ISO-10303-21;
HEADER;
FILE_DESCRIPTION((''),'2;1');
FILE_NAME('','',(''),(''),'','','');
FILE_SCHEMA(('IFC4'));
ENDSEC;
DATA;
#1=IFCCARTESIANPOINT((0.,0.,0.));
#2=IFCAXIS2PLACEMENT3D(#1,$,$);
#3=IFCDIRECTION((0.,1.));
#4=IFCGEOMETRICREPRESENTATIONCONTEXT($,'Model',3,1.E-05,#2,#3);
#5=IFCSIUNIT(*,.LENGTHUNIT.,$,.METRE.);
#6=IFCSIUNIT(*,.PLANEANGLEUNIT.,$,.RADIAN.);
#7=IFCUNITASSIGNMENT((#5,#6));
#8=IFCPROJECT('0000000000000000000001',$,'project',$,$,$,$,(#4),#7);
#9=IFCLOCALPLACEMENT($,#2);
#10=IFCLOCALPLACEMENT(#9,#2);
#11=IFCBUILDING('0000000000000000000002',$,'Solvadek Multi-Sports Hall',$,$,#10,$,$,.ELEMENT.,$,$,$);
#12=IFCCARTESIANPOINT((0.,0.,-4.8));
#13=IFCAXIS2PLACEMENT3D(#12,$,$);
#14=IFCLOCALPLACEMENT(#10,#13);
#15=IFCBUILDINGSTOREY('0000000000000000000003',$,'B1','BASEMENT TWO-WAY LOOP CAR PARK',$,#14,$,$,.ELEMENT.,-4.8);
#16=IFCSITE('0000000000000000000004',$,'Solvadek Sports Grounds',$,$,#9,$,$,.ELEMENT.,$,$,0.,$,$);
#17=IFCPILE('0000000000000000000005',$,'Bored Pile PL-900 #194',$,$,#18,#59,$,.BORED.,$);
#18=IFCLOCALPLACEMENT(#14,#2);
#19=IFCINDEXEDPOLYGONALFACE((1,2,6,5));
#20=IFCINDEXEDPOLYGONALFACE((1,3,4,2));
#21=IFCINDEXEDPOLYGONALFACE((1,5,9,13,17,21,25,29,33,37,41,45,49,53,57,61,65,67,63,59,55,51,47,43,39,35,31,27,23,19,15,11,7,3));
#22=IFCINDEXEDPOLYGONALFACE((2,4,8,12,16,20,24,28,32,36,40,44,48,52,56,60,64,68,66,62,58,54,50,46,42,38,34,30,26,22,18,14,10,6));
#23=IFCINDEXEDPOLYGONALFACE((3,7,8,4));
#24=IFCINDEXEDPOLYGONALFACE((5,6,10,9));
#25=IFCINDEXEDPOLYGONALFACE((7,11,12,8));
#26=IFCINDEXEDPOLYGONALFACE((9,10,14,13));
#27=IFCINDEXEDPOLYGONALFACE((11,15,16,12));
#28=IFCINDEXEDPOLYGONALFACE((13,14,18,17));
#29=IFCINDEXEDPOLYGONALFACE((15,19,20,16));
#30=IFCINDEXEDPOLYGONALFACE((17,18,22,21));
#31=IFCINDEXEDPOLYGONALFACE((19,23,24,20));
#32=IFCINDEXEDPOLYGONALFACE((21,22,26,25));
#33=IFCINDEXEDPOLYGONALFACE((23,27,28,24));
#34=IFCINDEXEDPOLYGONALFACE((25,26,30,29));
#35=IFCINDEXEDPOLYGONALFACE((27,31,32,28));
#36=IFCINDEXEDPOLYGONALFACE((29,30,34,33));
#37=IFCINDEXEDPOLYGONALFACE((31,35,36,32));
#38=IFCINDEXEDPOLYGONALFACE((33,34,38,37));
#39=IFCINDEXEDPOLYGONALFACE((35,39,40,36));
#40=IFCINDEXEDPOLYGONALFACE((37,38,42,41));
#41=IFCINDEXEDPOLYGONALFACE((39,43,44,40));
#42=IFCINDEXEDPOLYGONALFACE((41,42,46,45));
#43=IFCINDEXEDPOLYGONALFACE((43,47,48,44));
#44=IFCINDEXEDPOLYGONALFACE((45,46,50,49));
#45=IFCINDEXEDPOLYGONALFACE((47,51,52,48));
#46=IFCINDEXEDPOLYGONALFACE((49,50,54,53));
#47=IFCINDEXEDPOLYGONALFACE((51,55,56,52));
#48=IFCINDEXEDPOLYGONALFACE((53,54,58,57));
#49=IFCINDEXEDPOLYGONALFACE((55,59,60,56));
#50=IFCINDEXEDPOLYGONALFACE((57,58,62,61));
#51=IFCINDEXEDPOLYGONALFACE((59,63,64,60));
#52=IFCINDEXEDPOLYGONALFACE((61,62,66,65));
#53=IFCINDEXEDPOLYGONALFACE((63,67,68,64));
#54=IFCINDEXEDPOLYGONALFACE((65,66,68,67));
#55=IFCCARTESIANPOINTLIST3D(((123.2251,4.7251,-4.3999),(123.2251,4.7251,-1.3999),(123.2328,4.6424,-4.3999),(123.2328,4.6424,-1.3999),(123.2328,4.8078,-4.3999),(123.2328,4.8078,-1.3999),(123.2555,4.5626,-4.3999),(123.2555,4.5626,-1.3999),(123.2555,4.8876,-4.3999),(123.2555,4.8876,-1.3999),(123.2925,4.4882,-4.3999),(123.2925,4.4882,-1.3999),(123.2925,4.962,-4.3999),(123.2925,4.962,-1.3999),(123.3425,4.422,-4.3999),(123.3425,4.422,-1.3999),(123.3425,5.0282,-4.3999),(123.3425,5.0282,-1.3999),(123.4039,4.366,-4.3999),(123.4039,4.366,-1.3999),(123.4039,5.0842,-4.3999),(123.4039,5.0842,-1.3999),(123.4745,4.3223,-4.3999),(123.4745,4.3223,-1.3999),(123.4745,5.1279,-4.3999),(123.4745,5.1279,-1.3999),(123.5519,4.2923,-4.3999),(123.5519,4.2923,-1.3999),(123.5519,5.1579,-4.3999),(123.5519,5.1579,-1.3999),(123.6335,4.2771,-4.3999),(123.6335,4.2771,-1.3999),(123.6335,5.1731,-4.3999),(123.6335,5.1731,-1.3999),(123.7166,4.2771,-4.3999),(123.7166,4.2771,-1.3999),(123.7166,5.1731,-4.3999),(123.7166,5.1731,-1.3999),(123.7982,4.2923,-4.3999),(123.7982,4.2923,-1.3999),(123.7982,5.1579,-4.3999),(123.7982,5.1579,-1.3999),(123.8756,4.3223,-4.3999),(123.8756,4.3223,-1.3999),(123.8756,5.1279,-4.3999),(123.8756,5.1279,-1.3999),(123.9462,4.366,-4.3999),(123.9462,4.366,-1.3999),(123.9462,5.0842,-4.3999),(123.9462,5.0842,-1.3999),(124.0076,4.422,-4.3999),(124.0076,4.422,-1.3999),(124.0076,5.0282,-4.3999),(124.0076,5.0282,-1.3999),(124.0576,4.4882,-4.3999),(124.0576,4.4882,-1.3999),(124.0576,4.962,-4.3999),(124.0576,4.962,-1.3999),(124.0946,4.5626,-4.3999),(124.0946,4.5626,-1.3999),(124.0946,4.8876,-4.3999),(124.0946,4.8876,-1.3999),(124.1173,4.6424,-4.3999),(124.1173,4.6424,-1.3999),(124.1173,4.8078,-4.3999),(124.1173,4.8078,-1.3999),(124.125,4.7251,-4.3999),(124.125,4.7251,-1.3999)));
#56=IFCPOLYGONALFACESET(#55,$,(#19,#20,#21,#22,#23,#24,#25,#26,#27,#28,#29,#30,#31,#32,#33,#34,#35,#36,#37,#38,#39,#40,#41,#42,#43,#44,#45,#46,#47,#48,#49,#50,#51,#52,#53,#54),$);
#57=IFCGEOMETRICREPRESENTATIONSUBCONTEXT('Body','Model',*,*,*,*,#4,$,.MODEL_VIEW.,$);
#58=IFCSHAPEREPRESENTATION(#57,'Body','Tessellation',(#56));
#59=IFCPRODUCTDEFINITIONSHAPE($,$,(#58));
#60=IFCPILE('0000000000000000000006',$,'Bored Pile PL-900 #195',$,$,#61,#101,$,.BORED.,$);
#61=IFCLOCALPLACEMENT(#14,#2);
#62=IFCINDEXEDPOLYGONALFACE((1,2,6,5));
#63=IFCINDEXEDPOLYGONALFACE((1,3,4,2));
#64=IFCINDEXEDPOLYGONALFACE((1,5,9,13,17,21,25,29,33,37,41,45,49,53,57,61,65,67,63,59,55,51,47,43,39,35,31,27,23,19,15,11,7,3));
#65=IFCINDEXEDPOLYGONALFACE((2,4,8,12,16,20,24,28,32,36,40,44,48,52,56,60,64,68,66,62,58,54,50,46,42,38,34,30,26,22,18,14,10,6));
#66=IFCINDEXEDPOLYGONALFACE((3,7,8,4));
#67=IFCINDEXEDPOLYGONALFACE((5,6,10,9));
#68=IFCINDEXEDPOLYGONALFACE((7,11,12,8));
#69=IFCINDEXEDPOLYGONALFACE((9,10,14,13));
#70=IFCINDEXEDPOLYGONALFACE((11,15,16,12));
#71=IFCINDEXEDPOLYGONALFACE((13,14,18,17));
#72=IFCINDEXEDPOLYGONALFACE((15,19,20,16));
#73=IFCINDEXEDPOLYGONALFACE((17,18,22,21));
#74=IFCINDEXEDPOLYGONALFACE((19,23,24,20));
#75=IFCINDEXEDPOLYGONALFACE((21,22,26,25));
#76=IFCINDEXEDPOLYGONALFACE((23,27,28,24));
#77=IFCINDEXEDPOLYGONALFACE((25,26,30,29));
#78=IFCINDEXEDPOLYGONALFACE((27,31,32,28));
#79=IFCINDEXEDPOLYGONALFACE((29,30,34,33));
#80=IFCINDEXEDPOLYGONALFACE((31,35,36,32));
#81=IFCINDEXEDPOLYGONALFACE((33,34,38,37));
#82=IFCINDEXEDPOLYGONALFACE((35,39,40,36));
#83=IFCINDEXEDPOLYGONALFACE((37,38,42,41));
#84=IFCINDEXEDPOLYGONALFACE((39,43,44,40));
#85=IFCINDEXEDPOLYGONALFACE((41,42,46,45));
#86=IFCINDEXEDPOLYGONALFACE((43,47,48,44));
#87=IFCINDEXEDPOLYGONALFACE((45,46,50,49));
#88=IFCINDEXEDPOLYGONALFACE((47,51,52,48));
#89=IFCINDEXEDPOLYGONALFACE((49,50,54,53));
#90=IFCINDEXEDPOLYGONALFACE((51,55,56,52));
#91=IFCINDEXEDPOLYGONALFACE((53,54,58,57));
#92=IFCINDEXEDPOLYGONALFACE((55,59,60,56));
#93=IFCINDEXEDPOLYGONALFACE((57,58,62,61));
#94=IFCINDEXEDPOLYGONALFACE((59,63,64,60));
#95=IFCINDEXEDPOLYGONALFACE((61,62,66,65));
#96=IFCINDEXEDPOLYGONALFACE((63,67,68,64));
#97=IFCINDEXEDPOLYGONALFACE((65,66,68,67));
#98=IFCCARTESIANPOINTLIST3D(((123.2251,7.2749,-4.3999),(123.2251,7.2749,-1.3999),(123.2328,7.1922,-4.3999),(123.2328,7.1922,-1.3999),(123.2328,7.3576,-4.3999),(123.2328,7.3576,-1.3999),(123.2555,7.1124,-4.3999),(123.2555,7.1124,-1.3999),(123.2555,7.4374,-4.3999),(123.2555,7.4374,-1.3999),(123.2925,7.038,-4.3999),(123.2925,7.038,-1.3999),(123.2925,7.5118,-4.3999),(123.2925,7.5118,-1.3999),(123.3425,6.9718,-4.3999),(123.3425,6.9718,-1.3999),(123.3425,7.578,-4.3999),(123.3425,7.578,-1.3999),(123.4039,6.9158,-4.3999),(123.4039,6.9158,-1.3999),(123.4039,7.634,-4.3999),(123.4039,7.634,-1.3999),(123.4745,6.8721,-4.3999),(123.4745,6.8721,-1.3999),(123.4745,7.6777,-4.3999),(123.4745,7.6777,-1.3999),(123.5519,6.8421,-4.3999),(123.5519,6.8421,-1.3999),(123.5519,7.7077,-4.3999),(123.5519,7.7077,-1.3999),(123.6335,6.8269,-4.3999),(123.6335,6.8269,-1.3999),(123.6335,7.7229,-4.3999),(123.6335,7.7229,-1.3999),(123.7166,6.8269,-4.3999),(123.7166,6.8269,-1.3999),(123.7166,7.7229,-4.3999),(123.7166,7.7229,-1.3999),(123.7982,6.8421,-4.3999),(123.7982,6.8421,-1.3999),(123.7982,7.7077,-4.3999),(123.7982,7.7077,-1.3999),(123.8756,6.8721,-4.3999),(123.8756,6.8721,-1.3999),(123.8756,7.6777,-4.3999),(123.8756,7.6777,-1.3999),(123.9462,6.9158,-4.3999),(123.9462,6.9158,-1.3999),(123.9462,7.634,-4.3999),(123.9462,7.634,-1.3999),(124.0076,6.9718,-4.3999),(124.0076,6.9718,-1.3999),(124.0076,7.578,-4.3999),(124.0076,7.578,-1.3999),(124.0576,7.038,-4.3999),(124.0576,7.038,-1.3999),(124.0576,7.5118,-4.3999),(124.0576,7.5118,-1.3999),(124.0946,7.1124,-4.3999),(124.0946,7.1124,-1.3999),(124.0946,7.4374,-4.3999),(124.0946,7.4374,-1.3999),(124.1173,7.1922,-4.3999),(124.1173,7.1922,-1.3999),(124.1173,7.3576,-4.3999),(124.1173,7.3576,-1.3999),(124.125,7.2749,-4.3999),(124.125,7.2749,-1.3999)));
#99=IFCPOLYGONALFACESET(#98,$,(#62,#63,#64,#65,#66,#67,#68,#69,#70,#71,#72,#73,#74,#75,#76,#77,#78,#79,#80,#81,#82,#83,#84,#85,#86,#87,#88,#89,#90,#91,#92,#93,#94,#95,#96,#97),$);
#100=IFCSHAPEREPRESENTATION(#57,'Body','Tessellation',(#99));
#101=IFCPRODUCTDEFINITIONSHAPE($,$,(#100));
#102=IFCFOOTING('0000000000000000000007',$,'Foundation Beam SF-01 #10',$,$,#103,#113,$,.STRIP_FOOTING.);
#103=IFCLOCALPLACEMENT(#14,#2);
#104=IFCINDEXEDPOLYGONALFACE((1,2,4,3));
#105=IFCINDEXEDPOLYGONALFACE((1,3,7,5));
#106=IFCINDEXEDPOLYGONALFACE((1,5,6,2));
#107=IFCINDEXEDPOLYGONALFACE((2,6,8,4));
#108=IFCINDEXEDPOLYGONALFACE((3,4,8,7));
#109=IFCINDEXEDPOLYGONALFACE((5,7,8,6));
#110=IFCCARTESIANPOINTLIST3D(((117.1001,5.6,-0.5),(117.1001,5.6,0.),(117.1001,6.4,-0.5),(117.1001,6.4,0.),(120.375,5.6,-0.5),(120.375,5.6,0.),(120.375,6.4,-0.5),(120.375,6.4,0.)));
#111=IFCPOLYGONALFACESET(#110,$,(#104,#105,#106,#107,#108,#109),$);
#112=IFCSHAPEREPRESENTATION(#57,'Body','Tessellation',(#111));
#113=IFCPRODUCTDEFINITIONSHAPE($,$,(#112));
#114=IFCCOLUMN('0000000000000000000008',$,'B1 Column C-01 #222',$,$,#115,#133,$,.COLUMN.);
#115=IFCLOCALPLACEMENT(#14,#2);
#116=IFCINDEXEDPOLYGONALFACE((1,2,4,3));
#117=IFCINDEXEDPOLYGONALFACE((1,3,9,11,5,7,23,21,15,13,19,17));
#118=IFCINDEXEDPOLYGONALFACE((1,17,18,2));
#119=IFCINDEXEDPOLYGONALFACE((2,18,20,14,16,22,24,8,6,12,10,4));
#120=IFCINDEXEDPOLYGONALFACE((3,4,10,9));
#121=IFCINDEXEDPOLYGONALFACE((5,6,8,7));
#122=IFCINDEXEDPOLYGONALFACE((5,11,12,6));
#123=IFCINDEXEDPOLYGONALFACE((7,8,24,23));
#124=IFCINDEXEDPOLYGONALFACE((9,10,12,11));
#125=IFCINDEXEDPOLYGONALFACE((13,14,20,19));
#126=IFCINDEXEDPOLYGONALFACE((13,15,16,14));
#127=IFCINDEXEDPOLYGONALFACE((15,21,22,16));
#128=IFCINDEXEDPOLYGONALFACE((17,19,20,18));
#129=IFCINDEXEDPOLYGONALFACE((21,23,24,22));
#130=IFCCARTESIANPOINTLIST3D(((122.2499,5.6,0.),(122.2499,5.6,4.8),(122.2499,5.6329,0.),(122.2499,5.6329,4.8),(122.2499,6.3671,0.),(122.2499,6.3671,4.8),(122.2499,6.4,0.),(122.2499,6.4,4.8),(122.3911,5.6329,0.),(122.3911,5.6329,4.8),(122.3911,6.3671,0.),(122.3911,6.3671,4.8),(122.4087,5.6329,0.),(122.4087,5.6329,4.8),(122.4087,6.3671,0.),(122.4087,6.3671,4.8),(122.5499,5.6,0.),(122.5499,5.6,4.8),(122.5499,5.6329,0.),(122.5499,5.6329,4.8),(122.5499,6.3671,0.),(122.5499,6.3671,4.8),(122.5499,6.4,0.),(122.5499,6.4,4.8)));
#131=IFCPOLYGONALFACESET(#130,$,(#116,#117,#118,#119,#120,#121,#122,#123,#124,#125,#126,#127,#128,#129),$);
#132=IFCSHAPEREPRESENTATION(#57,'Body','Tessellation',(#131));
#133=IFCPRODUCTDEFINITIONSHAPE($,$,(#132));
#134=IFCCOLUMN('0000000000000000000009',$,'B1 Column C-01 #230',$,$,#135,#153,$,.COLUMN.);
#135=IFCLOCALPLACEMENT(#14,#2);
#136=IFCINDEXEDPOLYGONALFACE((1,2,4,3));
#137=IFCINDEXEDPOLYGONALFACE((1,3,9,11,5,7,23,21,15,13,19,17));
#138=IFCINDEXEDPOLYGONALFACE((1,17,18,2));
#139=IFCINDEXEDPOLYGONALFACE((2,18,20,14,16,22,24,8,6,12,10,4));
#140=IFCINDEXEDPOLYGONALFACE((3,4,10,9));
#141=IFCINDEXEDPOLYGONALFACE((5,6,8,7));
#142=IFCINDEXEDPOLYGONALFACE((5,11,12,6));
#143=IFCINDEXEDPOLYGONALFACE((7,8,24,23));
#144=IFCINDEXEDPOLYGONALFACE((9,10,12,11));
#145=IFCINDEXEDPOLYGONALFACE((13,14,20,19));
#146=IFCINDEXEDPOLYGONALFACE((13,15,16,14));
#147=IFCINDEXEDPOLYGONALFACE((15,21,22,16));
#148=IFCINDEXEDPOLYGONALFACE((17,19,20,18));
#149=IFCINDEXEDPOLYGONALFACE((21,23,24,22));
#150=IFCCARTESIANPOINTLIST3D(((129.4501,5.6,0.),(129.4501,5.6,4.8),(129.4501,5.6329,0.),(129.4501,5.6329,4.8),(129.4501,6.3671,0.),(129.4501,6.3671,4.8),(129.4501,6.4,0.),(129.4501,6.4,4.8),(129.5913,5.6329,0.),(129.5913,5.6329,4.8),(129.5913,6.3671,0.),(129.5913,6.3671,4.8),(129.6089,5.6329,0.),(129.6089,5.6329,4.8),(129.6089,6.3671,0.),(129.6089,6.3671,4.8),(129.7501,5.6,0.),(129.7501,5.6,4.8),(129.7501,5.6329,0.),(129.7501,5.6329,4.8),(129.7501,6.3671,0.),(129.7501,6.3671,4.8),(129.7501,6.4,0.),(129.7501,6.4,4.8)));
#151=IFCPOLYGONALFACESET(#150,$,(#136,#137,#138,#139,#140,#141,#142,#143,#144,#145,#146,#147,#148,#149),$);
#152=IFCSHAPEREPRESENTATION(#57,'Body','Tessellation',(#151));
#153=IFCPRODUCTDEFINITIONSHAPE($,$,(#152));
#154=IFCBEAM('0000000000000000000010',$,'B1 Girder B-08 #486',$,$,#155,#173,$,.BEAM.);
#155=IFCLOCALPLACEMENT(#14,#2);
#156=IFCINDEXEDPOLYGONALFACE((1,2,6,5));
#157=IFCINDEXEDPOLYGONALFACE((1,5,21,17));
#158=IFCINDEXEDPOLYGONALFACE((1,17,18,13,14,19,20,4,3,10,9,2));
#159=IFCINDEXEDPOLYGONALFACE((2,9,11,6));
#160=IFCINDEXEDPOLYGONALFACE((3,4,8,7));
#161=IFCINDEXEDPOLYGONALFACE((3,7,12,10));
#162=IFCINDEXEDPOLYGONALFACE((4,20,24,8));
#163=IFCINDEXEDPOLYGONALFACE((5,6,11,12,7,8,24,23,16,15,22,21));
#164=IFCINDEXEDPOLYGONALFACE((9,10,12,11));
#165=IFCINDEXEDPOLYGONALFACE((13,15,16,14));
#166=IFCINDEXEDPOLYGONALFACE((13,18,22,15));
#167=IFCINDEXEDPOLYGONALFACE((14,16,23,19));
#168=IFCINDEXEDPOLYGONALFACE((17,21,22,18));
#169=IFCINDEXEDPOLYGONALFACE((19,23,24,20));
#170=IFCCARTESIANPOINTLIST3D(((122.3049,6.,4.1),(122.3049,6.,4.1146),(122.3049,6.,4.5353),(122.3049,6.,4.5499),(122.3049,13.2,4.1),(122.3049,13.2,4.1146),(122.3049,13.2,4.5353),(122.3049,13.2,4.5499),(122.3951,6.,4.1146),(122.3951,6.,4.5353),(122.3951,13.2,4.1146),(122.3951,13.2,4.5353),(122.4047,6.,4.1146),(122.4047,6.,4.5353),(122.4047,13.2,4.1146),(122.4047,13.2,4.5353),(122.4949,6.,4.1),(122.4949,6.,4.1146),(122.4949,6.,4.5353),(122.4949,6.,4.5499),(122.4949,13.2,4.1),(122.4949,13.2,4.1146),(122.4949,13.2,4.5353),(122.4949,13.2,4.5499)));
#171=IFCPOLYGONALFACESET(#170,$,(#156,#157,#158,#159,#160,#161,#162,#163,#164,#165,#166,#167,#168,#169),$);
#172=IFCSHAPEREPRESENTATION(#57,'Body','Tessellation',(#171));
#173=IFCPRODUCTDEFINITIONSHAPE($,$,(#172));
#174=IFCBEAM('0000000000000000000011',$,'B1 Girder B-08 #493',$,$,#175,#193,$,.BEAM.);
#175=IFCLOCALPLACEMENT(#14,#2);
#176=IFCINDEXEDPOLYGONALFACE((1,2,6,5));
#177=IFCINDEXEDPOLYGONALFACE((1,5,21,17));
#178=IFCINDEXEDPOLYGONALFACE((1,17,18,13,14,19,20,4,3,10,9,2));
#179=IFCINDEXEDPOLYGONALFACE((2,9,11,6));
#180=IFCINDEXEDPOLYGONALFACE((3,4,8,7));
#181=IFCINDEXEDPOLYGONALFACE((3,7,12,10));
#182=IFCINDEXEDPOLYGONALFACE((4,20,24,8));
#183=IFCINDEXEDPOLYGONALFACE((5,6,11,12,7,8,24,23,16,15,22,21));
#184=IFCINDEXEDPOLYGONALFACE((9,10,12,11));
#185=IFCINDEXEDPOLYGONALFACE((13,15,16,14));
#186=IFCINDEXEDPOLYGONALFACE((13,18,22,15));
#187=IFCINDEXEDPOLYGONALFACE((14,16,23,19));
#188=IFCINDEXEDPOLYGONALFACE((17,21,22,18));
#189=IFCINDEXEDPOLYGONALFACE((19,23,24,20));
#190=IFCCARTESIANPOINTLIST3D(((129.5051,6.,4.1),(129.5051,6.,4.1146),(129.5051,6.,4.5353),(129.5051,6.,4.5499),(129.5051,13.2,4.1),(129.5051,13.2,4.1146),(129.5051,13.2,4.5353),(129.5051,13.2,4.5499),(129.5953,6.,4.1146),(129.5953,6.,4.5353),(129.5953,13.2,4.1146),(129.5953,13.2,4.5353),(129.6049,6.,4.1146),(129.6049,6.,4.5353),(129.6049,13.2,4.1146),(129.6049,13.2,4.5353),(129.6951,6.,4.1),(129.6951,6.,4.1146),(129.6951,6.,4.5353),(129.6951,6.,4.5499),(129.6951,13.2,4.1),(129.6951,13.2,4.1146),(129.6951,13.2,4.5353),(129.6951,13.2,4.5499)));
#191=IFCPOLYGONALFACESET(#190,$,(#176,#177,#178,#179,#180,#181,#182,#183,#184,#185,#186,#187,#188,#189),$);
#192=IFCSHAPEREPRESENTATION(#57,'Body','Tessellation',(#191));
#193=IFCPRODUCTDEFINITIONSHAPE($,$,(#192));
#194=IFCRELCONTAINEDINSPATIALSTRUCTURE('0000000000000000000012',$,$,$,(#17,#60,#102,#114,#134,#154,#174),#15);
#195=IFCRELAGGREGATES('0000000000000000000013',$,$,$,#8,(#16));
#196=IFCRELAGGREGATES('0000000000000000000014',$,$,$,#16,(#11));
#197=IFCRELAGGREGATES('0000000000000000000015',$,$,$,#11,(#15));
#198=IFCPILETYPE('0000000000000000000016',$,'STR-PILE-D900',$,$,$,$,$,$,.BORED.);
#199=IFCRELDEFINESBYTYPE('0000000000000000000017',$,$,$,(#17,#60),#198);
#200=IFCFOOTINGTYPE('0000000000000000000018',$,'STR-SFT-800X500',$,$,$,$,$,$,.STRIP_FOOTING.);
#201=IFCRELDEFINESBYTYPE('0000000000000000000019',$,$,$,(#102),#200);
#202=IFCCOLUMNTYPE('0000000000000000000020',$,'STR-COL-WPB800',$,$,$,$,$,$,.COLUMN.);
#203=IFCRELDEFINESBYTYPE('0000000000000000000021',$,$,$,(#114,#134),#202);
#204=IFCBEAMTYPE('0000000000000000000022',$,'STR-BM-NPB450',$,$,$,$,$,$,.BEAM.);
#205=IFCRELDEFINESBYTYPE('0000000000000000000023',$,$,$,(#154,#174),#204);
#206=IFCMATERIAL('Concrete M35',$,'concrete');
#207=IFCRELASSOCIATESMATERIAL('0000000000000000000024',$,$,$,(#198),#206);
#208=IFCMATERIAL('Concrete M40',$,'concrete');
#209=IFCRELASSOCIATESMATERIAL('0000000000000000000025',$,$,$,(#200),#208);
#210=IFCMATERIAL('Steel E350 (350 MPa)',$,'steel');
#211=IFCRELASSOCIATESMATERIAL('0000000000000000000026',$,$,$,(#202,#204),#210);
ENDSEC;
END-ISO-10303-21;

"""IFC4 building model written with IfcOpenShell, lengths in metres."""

from ifc_helpers import new_model, si_unit, direction, frame, origin, origin_2d, place, context, subcontext, project, spatial, rectangle, circle, i_section, extrude, material, material_profile, profile_set, type_object, element, save


model = new_model("IFC4")

# Units and contexts
model_context = context("Model", 3, precision=1e-05, world=origin(), true_north=direction((0.0, 1.0)))
body_context = subcontext(model_context, "Body", "Model", "MODEL_VIEW")
ifc_project = project(units=[si_unit("LENGTHUNIT", "METRE"), si_unit("PLANEANGLEUNIT", "RADIAN")], contexts=[model_context])

# Site, building, storey
site_placement = place(None, origin())
site = spatial("IfcSite", under=ifc_project, at=site_placement, Name="Solvadek Sports Grounds", CompositionType="ELEMENT", RefElevation=0.0)
building_placement = place(site_placement, origin())
building = spatial("IfcBuilding", under=site, at=building_placement, Name="Solvadek Multi-Sports Hall", CompositionType="ELEMENT")
storey_placement = place(building_placement, frame((0.0, 0.0, -4.8)))
storey = spatial("IfcBuildingStorey", under=building, at=storey_placement, Name="B1", Description="BASEMENT TWO-WAY LOOP CAR PARK", CompositionType="ELEMENT", Elevation=-4.8)

# Shared definitions
ifc_material_1 = material(Name="Concrete M40", Category="concrete")

# Piles
ifc_material_2 = material(Name="Concrete M35", Category="concrete")
ifc_material_profile_1 = material_profile(ifc_material_2, circle(Radius=0.45, at=origin_2d()), Name="BORED PILE D900")
ifc_profile_set_1 = profile_set([ifc_material_profile_1], Name="Concrete M35")
pile_type_1 = type_object("IfcPileType", Name="STR-PILE-D900", PredefinedType="BORED", material=ifc_profile_set_1)
for number, where, z_axis, x_axis, name in (
    (1, (123.675, 4.7251, -1.3999), (0.0, 0.0, -1.0), (1.0, 0.0, 0.0), "Bored Pile PL-900 #194"),
    (2, (123.675, 7.2749, -1.3999), (0.0, 0.0, -1.0), (1.0, 0.0, 0.0), "Bored Pile PL-900 #195"),
):
    element("IfcPile", number, at=place(storey_placement, frame(where, z_axis=z_axis, x_axis=x_axis)), inside=storey, type_object=pile_type_1, Name=name, PredefinedType="BORED", context=body_context, shape_type="SweptSolid", body=[
        extrude(circle(Radius=0.45, at=origin_2d()), origin(), (0.0, 0.0, 1.0), 3.0),
    ])

# Footing
footing_type_1 = type_object("IfcFootingType", Name="STR-SFT-800X500", PredefinedType="STRIP_FOOTING", material=ifc_material_1)
footing_1_placement = place(storey_placement, frame((118.7375, 6.0, -0.5), z_axis=(0.0, 0.0, 1.0), x_axis=(1.0, 0.0, 0.0)))
element("IfcFooting", 3, at=footing_1_placement, inside=storey, type_object=footing_type_1, Name="Foundation Beam SF-01 #10", PredefinedType="STRIP_FOOTING", context=body_context, shape_type="SweptSolid", body=[
    extrude(rectangle(XDim=3.2749, YDim=0.8, at=origin_2d()), origin(), (0.0, 0.0, 1.0), 0.5),
])

# Columns
ifc_material_3 = material(Name="Steel E350 (350 MPa)", Category="steel")
ifc_material_profile_2 = material_profile(ifc_material_3, i_section(OverallWidth=0.3, OverallDepth=0.8, WebThickness=0.0176, FlangeThickness=0.033, at=origin_2d()), Name="WPB 800")
ifc_profile_set_2 = profile_set([ifc_material_profile_2], Name="Steel E350 (350 MPa)")
column_type = type_object("IfcColumnType", Name="STR-COL-WPB800", PredefinedType="COLUMN", material=ifc_profile_set_2)
for number, where, z_axis, x_axis, name in (
    (4, (122.3999, 6.0, 0.0), (0.0, 0.0, 1.0), (1.0, 0.0, 0.0), "B1 Column C-01 #222"),
    (5, (129.6001, 6.0, 0.0), (0.0, 0.0, 1.0), (1.0, 0.0, 0.0), "B1 Column C-01 #230"),
):
    element("IfcColumn", number, at=place(storey_placement, frame(where, z_axis=z_axis, x_axis=x_axis)), inside=storey, type_object=column_type, Name=name, PredefinedType="COLUMN", context=body_context, shape_type="SweptSolid", body=[
        extrude(i_section(OverallWidth=0.3, OverallDepth=0.8, WebThickness=0.0176, FlangeThickness=0.033, at=origin_2d()), origin(), (0.0, 0.0, 1.0), 4.8),
    ])

# Beams
ifc_material_profile_3 = material_profile(ifc_material_3, i_section(OverallWidth=0.1899, OverallDepth=0.45, WebThickness=0.0095, FlangeThickness=0.0146, at=origin_2d()), Name="NPB 450")
ifc_profile_set_3 = profile_set([ifc_material_profile_3], Name="Steel E350 (350 MPa)")
beam_type_1 = type_object("IfcBeamType", Name="STR-BM-NPB450", PredefinedType="BEAM", material=ifc_profile_set_3)
for number, where, z_axis, x_axis, name in (
    (6, (122.3999, 6.0, 4.325), (0.0, 1.0, 0.0), (-1.0, 0.0, 0.0), "B1 Girder B-08 #486"),
    (7, (129.6001, 6.0, 4.325), (0.0, 1.0, 0.0), (-1.0, 0.0, 0.0), "B1 Girder B-08 #493"),
):
    element("IfcBeam", number, at=place(storey_placement, frame(where, z_axis=z_axis, x_axis=x_axis)), inside=storey, type_object=beam_type_1, Name=name, PredefinedType="BEAM", context=body_context, shape_type="SweptSolid", body=[
        extrude(i_section(OverallWidth=0.1899, OverallDepth=0.45, WebThickness=0.0095, FlangeThickness=0.0146, at=origin_2d()), origin(), (0.0, 0.0, 1.0), 7.2),
    ])

save(model, "model.ifc")
